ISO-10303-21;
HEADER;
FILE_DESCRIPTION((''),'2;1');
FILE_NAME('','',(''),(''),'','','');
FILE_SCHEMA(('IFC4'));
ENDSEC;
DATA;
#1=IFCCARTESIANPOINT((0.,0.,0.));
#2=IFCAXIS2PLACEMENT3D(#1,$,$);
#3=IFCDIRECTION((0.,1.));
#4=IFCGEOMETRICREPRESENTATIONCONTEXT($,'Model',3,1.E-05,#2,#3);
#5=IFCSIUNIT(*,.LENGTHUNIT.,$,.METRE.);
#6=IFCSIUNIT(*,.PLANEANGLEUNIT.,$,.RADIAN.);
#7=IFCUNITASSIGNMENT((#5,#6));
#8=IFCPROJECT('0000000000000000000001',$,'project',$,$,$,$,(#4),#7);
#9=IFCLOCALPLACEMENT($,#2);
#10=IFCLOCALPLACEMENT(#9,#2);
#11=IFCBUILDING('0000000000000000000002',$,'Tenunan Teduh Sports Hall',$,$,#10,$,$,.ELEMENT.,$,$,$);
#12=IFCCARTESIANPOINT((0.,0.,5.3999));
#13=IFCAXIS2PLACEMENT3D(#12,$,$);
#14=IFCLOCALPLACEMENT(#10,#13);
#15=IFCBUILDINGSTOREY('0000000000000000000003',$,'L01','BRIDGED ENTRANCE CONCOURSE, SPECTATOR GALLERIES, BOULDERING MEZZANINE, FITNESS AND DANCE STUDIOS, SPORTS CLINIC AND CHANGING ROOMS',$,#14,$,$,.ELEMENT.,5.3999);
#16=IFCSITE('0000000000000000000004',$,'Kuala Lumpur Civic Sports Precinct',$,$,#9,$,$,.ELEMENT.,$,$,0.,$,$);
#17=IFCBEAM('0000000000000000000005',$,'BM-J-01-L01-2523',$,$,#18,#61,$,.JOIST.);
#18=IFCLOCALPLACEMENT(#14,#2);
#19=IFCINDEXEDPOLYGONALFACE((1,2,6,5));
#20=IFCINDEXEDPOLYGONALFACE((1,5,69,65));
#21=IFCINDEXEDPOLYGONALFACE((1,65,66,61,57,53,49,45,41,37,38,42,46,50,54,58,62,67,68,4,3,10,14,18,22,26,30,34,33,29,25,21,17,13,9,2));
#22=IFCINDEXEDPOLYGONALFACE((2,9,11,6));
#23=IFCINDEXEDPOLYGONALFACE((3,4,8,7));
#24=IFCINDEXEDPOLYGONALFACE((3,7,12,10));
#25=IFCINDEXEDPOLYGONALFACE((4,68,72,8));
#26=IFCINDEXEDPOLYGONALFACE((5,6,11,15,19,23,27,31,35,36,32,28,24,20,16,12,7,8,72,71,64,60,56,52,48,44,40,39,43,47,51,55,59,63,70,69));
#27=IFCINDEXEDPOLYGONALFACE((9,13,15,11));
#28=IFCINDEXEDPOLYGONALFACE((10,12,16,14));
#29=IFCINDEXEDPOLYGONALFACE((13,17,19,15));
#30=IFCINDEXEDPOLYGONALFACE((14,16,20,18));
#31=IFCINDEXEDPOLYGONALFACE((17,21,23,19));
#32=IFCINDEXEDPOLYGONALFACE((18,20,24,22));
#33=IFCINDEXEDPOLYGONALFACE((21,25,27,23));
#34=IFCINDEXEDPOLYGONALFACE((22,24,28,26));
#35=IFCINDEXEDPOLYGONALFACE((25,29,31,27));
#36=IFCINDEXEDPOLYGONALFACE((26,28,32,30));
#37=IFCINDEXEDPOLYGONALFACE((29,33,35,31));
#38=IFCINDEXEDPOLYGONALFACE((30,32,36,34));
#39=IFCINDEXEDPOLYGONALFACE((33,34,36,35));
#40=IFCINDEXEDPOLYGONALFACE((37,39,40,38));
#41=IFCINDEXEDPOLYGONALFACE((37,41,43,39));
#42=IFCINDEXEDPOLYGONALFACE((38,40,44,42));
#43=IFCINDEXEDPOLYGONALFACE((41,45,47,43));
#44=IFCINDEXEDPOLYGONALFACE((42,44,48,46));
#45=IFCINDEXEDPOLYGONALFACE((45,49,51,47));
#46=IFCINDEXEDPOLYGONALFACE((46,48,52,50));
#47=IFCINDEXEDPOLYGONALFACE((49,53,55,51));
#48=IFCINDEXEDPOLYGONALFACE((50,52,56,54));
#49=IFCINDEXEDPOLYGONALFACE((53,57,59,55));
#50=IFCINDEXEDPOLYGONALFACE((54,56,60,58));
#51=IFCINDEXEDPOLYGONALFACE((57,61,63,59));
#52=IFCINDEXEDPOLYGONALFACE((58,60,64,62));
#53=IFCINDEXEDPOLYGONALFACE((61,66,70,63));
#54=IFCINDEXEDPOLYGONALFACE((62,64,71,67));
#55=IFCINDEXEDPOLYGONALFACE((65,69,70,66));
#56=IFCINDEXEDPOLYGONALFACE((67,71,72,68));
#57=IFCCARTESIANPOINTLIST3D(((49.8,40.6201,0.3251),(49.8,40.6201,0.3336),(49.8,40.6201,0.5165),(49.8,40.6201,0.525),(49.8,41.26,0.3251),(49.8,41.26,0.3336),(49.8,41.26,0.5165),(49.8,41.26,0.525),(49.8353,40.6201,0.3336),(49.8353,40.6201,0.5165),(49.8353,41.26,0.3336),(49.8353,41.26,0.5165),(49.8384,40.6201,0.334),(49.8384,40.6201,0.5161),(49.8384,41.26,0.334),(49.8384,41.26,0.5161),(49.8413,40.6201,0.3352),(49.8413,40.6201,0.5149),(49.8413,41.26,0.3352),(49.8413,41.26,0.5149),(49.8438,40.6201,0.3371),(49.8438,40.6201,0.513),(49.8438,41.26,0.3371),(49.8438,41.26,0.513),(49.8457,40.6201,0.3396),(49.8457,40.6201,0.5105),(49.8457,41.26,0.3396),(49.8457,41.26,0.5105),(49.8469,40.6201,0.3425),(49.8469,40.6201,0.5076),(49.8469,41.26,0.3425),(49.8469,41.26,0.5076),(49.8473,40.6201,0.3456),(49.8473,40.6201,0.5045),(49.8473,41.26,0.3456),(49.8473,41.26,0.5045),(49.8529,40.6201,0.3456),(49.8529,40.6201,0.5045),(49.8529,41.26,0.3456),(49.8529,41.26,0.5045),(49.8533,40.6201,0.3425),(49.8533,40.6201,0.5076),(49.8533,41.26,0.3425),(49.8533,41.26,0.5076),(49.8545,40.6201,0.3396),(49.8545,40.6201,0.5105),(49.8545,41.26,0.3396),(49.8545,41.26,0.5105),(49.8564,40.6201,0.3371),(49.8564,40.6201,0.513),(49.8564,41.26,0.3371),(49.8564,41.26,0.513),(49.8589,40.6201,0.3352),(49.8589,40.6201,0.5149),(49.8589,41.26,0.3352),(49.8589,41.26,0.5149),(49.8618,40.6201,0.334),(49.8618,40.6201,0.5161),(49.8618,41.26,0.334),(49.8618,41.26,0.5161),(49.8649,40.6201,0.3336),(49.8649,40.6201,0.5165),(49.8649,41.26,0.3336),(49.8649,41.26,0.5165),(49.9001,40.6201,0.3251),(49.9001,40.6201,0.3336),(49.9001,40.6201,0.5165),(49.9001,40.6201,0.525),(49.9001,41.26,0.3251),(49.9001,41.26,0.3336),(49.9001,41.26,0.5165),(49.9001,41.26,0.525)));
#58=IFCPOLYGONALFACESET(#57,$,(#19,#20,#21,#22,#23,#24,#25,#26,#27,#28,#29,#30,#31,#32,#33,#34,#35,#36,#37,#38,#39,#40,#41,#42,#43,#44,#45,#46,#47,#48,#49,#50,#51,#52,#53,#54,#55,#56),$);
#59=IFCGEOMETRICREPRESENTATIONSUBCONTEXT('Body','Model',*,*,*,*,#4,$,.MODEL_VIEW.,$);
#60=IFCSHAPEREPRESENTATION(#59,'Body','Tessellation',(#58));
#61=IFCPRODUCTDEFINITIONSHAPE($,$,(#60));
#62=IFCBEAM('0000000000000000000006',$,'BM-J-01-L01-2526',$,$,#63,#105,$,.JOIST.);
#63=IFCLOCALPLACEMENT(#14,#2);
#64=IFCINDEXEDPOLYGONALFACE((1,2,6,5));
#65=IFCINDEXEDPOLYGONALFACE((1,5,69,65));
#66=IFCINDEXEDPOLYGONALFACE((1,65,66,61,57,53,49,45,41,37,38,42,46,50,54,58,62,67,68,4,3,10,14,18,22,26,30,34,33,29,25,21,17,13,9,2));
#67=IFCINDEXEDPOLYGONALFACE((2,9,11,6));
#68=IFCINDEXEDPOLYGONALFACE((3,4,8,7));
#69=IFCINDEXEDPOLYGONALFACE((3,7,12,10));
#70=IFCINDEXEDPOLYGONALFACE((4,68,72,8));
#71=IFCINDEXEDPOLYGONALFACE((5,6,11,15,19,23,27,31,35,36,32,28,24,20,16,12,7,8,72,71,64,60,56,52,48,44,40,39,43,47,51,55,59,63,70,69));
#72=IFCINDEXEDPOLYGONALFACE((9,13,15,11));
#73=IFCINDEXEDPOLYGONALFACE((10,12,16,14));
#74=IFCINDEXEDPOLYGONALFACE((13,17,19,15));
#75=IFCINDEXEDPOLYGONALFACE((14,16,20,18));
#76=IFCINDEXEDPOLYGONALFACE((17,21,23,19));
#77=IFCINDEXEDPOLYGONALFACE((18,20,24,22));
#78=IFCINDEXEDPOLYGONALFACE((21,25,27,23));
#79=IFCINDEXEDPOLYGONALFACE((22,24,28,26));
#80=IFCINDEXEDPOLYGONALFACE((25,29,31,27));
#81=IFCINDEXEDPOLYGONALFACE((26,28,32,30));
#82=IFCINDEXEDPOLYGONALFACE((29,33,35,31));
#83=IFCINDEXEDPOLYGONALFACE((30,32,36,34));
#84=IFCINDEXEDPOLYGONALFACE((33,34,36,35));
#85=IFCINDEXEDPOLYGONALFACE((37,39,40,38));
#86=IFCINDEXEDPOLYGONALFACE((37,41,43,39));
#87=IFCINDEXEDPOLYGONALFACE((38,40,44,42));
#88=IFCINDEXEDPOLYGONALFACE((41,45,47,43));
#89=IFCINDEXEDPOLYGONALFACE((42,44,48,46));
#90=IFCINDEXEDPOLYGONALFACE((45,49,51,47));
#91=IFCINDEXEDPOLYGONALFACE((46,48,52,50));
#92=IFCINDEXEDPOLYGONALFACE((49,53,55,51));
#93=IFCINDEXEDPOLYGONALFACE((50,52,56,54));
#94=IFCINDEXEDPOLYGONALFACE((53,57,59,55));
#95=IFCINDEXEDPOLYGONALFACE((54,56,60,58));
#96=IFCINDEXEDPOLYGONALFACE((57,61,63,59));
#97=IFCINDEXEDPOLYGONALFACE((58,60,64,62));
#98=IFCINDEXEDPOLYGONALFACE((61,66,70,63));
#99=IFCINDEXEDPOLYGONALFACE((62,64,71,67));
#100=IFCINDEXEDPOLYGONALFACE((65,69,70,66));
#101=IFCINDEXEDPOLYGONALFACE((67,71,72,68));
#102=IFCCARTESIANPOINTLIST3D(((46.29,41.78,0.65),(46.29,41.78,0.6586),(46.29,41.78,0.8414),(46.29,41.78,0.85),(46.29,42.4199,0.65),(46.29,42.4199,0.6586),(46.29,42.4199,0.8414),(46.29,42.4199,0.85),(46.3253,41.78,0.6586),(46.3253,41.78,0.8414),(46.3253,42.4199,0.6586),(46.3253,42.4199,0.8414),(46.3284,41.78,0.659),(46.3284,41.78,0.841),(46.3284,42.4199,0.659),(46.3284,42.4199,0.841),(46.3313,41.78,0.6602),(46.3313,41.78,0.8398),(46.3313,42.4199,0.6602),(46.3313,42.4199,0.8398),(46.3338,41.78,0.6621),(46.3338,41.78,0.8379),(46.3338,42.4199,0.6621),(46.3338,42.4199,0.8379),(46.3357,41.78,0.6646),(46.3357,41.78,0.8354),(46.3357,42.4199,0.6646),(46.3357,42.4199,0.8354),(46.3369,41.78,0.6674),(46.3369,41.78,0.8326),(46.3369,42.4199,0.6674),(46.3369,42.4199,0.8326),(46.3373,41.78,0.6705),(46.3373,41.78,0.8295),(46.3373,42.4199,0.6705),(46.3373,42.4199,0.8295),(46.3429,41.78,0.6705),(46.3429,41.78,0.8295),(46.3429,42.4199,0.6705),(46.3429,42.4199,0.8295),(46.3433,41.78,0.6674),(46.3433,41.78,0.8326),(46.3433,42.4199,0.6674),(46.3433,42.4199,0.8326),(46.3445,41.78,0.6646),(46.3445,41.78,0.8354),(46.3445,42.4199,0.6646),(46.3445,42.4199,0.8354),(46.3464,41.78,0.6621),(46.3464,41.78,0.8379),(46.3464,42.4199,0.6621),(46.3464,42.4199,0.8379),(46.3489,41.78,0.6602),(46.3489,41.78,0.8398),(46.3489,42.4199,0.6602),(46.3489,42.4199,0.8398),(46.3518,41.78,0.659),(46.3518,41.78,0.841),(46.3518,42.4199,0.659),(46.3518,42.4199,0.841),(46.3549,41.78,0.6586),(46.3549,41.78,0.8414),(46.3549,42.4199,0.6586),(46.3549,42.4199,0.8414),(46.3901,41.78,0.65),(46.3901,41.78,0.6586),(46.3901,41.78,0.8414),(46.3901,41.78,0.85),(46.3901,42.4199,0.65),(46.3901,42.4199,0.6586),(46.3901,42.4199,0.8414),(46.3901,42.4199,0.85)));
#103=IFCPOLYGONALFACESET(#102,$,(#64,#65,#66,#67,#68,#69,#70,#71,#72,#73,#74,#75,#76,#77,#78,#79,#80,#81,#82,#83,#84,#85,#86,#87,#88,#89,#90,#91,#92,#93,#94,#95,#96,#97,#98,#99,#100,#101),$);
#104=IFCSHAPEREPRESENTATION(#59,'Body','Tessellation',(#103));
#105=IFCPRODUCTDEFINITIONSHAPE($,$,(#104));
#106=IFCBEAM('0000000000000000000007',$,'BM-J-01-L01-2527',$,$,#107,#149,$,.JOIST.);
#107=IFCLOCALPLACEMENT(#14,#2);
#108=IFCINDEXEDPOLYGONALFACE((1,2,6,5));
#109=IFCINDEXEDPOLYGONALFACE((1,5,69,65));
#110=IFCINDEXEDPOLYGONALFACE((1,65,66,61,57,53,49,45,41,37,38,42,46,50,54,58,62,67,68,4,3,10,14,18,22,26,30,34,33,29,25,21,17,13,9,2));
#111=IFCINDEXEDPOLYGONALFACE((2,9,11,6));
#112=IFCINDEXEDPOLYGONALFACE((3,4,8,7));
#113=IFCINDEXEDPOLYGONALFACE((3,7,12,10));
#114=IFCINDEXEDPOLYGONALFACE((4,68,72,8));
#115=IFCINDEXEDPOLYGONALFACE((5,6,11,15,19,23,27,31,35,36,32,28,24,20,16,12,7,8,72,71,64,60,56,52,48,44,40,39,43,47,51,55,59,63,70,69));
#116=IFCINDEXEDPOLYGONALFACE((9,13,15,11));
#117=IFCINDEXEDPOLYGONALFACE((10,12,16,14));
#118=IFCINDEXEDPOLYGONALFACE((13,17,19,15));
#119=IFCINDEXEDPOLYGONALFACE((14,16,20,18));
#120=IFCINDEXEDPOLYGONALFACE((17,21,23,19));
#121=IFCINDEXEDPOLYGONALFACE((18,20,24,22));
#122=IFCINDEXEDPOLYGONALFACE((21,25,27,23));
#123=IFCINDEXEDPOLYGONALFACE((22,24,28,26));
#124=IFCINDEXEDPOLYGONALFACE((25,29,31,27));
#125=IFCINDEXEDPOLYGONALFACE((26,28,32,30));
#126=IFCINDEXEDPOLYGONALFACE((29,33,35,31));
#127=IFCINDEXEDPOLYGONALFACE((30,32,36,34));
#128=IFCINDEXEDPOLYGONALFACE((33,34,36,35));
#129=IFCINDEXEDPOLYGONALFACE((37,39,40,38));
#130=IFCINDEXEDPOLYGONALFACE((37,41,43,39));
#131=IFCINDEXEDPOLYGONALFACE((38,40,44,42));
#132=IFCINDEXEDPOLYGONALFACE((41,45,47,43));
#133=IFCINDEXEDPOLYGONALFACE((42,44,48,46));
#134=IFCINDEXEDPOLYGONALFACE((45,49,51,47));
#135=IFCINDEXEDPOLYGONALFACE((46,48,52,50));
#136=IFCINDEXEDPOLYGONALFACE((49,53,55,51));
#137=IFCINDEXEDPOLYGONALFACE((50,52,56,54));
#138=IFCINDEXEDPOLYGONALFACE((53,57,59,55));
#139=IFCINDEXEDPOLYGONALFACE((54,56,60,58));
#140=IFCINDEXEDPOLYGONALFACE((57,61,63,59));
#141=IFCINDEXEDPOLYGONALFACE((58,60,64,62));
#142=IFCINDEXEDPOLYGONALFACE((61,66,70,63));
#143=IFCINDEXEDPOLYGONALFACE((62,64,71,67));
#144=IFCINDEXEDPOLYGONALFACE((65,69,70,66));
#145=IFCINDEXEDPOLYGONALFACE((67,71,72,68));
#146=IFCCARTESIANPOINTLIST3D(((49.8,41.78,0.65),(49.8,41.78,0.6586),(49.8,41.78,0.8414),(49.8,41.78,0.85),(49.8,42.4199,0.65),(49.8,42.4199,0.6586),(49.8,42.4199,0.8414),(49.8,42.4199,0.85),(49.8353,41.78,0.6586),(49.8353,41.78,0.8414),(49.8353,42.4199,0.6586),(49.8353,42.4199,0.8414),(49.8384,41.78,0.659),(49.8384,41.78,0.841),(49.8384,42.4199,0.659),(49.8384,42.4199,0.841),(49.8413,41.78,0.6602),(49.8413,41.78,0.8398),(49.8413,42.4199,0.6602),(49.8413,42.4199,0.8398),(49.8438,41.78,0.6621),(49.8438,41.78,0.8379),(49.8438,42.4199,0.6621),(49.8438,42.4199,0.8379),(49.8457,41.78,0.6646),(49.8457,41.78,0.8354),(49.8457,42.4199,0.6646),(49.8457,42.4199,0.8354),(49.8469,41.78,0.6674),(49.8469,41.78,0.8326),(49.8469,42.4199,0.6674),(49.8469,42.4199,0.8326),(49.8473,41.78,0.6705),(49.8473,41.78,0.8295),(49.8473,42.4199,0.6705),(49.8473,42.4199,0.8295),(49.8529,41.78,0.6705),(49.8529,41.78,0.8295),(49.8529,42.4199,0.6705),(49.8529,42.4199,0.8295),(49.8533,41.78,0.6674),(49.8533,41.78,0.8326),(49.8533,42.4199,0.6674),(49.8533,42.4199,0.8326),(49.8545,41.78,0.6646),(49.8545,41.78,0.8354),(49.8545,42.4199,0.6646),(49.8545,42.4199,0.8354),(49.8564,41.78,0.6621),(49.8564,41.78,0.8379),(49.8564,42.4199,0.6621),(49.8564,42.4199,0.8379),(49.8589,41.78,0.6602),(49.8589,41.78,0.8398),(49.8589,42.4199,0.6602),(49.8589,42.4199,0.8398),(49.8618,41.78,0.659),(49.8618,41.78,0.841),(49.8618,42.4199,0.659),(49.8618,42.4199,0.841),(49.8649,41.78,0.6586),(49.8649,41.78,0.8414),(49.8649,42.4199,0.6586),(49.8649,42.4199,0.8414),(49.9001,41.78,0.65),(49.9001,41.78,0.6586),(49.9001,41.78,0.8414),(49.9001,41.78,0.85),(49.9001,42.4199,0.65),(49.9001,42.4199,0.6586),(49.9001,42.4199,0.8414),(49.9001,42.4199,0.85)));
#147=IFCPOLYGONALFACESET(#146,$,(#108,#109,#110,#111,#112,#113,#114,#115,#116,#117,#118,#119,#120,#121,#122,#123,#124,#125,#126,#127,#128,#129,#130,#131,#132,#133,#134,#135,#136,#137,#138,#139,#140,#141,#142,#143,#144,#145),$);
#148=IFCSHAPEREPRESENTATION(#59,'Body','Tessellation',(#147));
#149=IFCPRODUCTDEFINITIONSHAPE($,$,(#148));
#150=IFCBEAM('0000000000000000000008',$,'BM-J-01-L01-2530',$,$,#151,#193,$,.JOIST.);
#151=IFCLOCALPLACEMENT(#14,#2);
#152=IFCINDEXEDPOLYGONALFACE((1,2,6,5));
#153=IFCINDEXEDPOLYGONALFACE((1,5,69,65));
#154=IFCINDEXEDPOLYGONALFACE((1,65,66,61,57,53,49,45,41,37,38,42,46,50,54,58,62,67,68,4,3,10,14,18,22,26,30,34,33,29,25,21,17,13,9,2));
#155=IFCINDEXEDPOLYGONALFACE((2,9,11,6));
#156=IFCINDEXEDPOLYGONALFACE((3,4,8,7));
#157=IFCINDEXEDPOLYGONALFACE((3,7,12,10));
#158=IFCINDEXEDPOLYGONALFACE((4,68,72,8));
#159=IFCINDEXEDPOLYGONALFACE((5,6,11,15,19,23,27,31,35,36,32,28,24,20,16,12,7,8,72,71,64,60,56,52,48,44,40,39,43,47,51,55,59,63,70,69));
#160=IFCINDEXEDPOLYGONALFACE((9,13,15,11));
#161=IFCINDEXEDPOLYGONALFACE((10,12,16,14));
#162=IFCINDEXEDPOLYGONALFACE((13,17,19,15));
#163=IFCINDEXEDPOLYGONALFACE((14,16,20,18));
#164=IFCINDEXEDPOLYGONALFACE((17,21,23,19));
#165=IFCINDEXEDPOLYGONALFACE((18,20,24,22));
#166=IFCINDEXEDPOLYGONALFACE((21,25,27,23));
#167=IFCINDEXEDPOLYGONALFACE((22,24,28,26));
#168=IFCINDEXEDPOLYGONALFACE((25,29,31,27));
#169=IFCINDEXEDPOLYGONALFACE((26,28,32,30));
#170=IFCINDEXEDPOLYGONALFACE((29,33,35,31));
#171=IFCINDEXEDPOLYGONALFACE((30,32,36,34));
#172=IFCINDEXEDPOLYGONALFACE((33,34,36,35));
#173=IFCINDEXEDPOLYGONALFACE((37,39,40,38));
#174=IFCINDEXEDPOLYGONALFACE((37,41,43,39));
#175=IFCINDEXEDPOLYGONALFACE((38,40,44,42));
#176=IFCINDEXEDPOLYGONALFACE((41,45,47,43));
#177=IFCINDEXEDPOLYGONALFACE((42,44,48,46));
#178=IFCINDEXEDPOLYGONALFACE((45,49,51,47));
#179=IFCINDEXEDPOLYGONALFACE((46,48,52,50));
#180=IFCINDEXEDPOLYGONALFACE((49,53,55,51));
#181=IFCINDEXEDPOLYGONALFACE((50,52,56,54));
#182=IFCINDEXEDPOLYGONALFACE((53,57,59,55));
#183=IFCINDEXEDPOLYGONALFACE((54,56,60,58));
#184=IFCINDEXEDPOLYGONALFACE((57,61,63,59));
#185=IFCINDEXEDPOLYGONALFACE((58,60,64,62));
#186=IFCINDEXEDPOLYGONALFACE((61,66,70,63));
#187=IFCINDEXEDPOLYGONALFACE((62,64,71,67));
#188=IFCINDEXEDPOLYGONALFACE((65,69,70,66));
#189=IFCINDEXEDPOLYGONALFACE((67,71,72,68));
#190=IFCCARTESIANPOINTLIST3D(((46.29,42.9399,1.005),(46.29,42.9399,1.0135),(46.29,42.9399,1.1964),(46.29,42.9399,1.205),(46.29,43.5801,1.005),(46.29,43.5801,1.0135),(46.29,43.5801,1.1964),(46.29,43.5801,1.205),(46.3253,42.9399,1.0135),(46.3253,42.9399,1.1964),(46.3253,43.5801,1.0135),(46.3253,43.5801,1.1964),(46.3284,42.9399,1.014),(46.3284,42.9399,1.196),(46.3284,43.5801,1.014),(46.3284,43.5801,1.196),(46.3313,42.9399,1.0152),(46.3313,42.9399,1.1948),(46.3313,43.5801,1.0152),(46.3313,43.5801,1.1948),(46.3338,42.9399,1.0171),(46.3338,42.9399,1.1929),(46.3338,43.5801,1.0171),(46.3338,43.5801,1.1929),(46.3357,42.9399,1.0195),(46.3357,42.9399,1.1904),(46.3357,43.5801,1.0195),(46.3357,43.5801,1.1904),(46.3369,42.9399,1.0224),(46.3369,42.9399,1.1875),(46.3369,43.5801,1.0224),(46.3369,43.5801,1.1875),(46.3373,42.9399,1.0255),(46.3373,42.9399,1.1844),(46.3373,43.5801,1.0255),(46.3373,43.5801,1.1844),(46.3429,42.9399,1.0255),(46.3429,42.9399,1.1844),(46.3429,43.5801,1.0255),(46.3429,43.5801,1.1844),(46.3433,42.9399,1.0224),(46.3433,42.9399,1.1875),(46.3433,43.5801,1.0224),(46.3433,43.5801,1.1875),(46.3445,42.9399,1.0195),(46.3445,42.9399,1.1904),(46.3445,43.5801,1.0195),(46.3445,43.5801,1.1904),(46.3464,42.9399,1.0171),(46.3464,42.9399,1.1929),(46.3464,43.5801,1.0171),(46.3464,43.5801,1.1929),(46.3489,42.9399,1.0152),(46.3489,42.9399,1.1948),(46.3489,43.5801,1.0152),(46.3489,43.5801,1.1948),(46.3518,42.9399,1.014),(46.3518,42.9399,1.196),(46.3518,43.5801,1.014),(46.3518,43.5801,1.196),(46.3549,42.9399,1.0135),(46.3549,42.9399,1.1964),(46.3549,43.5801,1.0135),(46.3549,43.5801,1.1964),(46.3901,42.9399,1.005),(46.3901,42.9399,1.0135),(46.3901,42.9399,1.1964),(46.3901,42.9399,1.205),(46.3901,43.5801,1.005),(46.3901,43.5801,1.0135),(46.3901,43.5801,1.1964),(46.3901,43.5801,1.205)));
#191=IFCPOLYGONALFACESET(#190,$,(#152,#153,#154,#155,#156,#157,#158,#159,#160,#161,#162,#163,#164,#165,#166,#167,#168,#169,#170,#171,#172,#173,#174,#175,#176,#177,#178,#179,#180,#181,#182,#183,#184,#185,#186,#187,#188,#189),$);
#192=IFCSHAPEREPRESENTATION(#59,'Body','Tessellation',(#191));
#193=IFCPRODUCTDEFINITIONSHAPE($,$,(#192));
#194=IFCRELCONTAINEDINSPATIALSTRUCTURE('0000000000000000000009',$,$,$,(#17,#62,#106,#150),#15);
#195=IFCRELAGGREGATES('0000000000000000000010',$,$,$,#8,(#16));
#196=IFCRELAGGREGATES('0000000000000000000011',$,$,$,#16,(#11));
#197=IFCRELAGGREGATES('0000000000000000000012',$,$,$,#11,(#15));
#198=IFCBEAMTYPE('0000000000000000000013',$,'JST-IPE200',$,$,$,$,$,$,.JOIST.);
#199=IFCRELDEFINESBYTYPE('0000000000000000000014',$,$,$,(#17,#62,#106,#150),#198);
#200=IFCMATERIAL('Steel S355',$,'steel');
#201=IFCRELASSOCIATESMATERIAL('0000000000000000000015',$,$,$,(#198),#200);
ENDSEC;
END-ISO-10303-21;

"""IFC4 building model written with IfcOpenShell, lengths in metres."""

from ifc_helpers import new_model, si_unit, direction, frame, origin, origin_2d, place, context, subcontext, project, spatial, i_section, extrude, material, material_profile, profile_set, type_object, element, save


model = new_model("IFC4")

# Units and contexts
model_context = context("Model", 3, precision=1e-05, world=origin(), true_north=direction((0.0, 1.0)))
body_context = subcontext(model_context, "Body", "Model", "MODEL_VIEW")
ifc_project = project(units=[si_unit("LENGTHUNIT", "METRE"), si_unit("PLANEANGLEUNIT", "RADIAN")], contexts=[model_context])

# Site, building, storey
site_placement = place(None, origin())
site = spatial("IfcSite", under=ifc_project, at=site_placement, Name="Kuala Lumpur Civic Sports Precinct", CompositionType="ELEMENT", RefElevation=0.0)
building_placement = place(site_placement, origin())
building = spatial("IfcBuilding", under=site, at=building_placement, Name="Tenunan Teduh Sports Hall", CompositionType="ELEMENT")
storey_placement = place(building_placement, frame((0.0, 0.0, 5.3999)))
storey = spatial("IfcBuildingStorey", under=building, at=storey_placement, Name="L01", Description="BRIDGED ENTRANCE CONCOURSE, SPECTATOR GALLERIES, BOULDERING MEZZANINE, FITNESS AND DANCE STUDIOS, SPORTS CLINIC AND CHANGING ROOMS", CompositionType="ELEMENT", Elevation=5.3999)

# Beams
ifc_material_1 = material(Name="Steel S355", Category="steel")
ifc_material_profile_1 = material_profile(ifc_material_1, i_section(OverallWidth=0.1001, OverallDepth=0.2, WebThickness=0.0056, FlangeThickness=0.0085, FilletRadius=0.012, at=origin_2d()), Name="IPE 200")
ifc_profile_set_1 = profile_set([ifc_material_profile_1], Name="Steel S355")
beam_type_1 = type_object("IfcBeamType", Name="JST-IPE200", PredefinedType="JOIST", material=ifc_profile_set_1)
for number, where, z_axis, x_axis, name in (
    (1, (49.8501, 40.6201, 0.425), (0.0, 1.0, 0.0), (-1.0, 0.0, 0.0), "BM-J-01-L01-2523"),
    (2, (46.3401, 41.78, 0.75), (0.0, 1.0, 0.0), (-1.0, 0.0, 0.0), "BM-J-01-L01-2526"),
    (3, (49.8501, 41.78, 0.75), (0.0, 1.0, 0.0), (-1.0, 0.0, 0.0), "BM-J-01-L01-2527"),
):
    element("IfcBeam", number, at=place(storey_placement, frame(where, z_axis=z_axis, x_axis=x_axis)), inside=storey, type_object=beam_type_1, Name=name, PredefinedType="JOIST", context=body_context, shape_type="SweptSolid", body=[
        extrude(i_section(OverallWidth=0.1001, OverallDepth=0.2, WebThickness=0.0056, FlangeThickness=0.0085, FilletRadius=0.012, at=origin_2d()), origin(), (0.0, 0.0, 1.0), 0.6399),
    ])
for number, where, z_axis, x_axis, name in (
    (4, (46.3401, 42.9399, 1.105), (0.0, 1.0, 0.0), (-1.0, 0.0, 0.0), "BM-J-01-L01-2530"),
):
    element("IfcBeam", number, at=place(storey_placement, frame(where, z_axis=z_axis, x_axis=x_axis)), inside=storey, type_object=beam_type_1, Name=name, PredefinedType="JOIST", context=body_context, shape_type="SweptSolid", body=[
        extrude(i_section(OverallWidth=0.1001, OverallDepth=0.2, WebThickness=0.0056, FlangeThickness=0.0085, FilletRadius=0.012, at=origin_2d()), origin(), (0.0, 0.0, 1.0), 0.6401),
    ])

save(model, "model.ifc")
